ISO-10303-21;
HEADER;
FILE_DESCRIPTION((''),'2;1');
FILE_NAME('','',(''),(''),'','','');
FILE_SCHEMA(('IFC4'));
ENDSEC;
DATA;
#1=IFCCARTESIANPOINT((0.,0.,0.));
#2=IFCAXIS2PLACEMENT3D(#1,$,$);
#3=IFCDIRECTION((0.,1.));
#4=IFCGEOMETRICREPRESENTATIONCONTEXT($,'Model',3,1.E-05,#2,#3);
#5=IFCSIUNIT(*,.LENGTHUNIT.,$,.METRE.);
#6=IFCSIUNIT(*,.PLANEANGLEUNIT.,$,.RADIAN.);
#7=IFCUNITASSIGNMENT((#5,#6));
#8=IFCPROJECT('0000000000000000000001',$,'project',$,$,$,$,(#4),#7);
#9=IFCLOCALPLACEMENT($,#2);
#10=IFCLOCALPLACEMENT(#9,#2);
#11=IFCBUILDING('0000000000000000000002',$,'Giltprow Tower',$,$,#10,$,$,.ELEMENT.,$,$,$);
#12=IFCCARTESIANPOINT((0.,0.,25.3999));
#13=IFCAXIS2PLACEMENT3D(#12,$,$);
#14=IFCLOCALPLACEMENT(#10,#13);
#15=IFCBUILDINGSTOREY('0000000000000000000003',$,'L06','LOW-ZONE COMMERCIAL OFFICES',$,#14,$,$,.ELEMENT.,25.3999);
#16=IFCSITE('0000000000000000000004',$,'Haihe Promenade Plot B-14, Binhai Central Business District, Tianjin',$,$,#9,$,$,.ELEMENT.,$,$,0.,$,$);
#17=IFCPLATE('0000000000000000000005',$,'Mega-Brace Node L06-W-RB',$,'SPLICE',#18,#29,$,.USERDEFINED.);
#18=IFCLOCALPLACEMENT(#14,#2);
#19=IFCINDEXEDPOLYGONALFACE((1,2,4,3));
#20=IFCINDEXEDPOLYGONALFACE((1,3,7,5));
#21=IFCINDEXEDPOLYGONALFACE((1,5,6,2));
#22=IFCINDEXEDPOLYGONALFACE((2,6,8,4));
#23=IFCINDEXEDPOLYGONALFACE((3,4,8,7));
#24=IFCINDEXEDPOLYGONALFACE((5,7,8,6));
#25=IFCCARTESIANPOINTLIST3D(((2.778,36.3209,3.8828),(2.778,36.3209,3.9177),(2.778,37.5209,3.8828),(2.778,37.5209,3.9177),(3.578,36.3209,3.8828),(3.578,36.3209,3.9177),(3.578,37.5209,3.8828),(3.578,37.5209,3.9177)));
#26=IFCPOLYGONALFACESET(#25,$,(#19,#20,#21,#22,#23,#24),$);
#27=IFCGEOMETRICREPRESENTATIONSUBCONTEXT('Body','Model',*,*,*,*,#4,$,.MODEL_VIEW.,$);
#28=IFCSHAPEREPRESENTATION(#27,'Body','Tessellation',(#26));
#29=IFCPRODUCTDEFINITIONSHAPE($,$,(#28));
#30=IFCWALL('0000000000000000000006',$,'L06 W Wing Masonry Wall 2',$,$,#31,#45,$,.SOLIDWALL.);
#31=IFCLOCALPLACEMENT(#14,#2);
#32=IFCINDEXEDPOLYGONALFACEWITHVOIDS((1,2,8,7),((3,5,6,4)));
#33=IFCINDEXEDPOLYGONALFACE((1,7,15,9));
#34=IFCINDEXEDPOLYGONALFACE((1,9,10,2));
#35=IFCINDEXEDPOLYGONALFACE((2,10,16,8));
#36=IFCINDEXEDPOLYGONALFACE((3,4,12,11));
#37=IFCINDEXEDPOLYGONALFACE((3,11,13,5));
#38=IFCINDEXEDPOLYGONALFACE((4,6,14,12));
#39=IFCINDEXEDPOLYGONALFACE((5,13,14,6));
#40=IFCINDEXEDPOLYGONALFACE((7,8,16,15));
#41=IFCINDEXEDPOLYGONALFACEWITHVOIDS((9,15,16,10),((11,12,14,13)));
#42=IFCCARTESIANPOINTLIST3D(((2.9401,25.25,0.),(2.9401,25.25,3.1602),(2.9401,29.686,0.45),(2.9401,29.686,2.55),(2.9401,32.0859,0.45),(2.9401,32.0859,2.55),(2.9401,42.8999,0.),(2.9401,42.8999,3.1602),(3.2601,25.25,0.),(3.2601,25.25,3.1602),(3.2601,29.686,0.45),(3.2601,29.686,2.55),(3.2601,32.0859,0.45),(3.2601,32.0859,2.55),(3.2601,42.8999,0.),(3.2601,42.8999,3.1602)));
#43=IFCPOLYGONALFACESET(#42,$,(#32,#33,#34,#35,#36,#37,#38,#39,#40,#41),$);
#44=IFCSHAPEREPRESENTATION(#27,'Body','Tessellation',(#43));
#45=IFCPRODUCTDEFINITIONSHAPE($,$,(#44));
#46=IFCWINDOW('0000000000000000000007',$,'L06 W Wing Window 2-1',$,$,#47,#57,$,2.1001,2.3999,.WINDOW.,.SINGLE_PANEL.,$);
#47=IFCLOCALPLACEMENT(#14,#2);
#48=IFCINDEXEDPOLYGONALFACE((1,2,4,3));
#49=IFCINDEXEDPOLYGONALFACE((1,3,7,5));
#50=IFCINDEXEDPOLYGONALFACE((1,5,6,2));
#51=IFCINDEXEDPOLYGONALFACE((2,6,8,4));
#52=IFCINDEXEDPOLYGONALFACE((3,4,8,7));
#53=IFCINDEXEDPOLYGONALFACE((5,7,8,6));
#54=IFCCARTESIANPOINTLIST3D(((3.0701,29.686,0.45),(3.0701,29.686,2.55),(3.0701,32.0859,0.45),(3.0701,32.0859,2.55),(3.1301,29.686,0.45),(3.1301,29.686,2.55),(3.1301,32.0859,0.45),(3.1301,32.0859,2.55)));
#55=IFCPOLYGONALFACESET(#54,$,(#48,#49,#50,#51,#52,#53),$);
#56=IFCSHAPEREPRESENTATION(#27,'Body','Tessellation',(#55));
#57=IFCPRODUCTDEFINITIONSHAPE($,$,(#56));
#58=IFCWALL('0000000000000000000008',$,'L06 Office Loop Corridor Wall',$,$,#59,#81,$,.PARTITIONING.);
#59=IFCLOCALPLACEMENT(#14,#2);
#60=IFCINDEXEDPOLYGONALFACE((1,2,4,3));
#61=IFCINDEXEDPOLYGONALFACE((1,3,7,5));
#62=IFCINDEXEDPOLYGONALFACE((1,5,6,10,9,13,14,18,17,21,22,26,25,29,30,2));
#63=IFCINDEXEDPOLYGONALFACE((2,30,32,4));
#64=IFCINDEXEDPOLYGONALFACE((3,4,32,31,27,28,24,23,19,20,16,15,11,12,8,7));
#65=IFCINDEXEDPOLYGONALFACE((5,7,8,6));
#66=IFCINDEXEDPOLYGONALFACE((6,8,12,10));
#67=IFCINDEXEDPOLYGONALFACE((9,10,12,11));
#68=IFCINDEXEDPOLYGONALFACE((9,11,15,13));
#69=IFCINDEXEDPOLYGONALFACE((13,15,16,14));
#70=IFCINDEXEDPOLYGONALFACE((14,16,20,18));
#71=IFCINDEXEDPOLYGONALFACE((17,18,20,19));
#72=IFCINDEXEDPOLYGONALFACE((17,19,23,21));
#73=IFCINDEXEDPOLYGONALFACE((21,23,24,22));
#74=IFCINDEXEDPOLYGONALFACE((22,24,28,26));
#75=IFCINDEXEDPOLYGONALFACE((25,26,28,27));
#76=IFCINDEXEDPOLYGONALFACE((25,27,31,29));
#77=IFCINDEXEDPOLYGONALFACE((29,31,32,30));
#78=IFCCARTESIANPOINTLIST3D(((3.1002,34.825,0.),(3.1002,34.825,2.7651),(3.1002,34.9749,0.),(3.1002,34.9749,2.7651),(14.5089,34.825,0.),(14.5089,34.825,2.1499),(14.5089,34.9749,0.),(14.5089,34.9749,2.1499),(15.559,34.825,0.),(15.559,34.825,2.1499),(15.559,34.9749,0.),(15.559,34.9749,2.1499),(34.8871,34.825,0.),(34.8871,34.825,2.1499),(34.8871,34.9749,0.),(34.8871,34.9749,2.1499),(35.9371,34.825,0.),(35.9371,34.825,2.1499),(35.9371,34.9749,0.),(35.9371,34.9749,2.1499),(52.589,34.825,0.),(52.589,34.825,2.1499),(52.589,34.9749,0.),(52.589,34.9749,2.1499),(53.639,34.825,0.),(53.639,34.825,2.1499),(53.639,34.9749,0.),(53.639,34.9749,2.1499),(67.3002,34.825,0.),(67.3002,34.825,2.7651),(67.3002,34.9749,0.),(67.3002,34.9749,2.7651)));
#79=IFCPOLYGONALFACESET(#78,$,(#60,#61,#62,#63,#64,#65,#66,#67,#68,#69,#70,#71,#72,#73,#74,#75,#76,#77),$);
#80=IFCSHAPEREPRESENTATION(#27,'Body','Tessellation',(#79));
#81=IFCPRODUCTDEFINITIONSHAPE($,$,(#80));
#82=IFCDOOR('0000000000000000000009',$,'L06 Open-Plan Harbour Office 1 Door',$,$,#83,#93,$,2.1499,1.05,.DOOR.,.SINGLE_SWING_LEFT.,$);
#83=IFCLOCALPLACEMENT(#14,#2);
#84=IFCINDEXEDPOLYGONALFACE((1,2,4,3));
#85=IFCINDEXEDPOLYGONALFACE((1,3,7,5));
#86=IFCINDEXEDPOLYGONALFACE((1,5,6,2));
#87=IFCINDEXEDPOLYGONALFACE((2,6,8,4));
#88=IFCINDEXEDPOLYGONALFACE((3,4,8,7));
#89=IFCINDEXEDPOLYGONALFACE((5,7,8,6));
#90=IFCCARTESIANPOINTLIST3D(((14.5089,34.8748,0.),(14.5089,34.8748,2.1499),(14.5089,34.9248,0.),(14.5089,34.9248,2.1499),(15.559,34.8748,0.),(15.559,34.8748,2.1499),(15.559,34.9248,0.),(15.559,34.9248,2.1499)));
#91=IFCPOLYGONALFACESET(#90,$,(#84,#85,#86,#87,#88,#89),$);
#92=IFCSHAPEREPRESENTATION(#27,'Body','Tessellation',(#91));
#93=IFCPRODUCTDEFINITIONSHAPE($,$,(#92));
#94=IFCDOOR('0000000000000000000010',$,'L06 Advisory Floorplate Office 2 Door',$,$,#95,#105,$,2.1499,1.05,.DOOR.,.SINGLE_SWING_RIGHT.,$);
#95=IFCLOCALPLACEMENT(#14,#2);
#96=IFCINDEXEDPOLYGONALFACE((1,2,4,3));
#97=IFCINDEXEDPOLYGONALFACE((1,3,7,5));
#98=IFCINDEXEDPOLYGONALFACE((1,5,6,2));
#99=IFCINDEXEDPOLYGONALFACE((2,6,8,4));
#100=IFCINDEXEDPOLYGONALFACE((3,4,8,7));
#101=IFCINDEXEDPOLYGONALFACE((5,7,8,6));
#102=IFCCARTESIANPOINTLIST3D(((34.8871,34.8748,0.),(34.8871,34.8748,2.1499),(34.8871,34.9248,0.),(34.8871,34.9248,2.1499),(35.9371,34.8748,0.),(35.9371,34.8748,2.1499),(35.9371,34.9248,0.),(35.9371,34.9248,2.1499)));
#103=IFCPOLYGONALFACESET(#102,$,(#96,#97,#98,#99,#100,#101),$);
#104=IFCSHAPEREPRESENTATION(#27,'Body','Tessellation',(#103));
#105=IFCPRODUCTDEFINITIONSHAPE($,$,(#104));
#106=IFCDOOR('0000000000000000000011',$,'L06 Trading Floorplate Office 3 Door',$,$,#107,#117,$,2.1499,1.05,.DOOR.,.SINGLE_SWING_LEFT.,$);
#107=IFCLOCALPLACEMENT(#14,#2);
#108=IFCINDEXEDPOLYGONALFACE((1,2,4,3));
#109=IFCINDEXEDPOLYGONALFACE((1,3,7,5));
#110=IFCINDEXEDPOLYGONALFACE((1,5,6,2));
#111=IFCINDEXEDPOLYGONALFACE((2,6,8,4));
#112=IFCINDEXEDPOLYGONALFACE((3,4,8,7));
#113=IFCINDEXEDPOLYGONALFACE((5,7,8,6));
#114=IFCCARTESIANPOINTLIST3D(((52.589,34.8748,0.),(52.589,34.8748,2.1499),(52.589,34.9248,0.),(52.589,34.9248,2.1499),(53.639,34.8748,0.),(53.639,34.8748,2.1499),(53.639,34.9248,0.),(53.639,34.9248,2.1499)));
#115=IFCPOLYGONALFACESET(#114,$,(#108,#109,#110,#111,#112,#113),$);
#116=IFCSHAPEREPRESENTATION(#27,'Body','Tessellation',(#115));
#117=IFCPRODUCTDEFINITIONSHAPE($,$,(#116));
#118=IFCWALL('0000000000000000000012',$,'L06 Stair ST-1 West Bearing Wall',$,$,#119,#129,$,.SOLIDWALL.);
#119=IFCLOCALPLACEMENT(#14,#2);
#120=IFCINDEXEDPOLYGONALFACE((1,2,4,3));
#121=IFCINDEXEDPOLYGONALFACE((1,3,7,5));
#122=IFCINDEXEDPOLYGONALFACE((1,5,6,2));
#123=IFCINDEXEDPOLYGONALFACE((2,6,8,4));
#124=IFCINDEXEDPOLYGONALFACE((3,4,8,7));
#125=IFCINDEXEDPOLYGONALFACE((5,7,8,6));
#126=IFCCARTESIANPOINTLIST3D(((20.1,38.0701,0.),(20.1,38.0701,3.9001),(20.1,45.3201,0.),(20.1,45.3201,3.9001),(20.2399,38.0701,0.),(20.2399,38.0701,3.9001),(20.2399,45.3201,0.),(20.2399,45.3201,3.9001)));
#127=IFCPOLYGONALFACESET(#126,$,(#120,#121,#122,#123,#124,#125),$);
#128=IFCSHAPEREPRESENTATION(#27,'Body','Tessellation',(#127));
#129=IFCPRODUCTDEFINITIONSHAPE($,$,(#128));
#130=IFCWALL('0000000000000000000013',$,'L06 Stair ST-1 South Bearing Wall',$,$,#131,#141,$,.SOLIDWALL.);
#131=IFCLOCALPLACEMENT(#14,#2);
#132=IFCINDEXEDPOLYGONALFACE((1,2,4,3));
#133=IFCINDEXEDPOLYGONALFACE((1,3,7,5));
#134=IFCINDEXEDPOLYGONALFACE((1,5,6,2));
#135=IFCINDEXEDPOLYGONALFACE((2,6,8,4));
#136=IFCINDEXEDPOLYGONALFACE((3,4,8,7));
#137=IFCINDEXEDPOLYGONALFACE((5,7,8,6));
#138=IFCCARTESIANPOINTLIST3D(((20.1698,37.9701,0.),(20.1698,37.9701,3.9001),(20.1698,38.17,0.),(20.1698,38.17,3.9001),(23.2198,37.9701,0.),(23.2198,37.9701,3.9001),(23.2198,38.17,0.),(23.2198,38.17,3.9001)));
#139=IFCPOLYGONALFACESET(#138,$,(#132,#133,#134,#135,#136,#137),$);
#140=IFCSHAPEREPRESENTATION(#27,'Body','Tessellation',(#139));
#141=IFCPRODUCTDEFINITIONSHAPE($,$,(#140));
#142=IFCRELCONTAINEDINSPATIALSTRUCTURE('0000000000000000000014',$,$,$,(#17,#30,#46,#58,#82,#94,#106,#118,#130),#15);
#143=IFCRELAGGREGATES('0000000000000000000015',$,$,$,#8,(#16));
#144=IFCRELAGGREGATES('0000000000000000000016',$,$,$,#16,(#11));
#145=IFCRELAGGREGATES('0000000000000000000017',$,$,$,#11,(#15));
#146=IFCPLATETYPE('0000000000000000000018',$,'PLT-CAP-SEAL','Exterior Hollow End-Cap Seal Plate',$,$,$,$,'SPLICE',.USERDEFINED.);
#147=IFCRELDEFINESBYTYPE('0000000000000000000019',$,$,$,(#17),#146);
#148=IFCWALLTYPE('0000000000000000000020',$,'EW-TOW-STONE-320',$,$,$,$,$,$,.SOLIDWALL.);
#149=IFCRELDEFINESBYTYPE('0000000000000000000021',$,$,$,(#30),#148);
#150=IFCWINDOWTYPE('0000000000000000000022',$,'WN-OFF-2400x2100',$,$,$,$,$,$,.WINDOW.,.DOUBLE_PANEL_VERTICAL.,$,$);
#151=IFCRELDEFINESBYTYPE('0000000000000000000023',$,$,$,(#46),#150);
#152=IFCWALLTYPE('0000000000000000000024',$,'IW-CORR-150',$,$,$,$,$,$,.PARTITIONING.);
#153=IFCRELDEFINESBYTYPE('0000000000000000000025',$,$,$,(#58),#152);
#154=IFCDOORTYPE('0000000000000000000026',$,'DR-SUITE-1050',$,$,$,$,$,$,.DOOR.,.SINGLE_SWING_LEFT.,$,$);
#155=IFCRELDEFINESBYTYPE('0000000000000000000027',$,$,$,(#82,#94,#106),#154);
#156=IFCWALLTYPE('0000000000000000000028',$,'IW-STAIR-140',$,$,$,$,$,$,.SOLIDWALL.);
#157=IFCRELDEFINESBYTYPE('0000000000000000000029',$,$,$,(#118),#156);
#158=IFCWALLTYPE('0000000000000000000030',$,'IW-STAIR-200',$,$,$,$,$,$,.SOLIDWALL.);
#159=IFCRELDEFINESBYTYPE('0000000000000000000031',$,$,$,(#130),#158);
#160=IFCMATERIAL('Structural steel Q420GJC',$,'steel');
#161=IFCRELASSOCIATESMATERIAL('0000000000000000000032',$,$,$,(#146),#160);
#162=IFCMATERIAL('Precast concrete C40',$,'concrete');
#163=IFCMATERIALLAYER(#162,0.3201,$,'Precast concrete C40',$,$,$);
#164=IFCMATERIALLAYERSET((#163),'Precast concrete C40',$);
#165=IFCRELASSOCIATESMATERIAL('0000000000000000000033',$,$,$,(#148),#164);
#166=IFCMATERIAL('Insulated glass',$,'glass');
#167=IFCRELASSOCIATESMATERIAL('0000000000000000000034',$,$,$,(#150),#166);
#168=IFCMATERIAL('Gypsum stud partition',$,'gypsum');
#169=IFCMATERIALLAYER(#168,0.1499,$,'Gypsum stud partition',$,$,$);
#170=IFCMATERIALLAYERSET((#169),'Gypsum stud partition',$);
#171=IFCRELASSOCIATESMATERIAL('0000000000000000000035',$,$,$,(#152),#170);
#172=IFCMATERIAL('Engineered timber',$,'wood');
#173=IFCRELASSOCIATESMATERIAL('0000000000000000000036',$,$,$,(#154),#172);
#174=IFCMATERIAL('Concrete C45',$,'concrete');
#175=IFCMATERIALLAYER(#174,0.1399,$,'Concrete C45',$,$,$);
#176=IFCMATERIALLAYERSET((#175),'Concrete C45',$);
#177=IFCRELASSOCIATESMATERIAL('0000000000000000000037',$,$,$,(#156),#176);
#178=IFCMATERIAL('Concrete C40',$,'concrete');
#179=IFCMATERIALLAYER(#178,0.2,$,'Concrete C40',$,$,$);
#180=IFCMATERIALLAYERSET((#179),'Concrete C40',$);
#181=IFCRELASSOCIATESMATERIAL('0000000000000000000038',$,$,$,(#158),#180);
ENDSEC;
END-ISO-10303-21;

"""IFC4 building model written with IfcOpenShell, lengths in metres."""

from ifc_helpers import new_model, si_unit, direction, frame, frame_2d, origin, origin_2d, place, context, subcontext, project, spatial, rectangle, extrude, source, transform, mapped, material, layer, layer_set, type_object, element, fill, save


model = new_model("IFC4")

# Units and contexts
model_context = context("Model", 3, precision=1e-05, world=origin(), true_north=direction((0.0, 1.0)))
body_context = subcontext(model_context, "Body", "Model", "MODEL_VIEW")
ifc_project = project(units=[si_unit("LENGTHUNIT", "METRE"), si_unit("PLANEANGLEUNIT", "RADIAN")], contexts=[model_context])

# Site, building, storey
site_placement = place(None, origin())
site = spatial("IfcSite", under=ifc_project, at=site_placement, Name="Haihe Promenade Plot B-14, Binhai Central Business District, Tianjin", CompositionType="ELEMENT", RefElevation=0.0)
building_placement = place(site_placement, origin())
building = spatial("IfcBuilding", under=site, at=building_placement, Name="Giltprow Tower", CompositionType="ELEMENT")
storey_placement = place(building_placement, frame((0.0, 0.0, 25.3999)))
storey = spatial("IfcBuildingStorey", under=building, at=storey_placement, Name="L06", Description="LOW-ZONE COMMERCIAL OFFICES", CompositionType="ELEMENT", Elevation=25.3999)

# Shared definitions
ifc_material_1 = material(Name="Structural steel Q420GJC", Category="steel")

# Plate
plate_type = type_object("IfcPlateType", Name="PLT-CAP-SEAL", Description="Exterior Hollow End-Cap Seal Plate", ElementType="SPLICE", PredefinedType="USERDEFINED", material=ifc_material_1)
shared_shape_1 = source(origin(), body_context, "Body", "SweptSolid", [
    extrude(rectangle(XDim=1.2, YDim=0.8, at=origin_2d()), origin(), (0.0, 0.0, 1.0), 0.0349),
])
plate_placement = place(storey_placement, frame((3.178, 36.9209, 3.8828), z_axis=(0.0, 0.0, 1.0), x_axis=(0.0, 1.0, 0.0)))
element("IfcPlate", 1, at=plate_placement, inside=storey, type_object=plate_type, Name="Mega-Brace Node L06-W-RB", ObjectType="SPLICE", PredefinedType="USERDEFINED", context=body_context, shape_type="MappedRepresentation", body=[
    mapped(shared_shape_1, transform((0.0, 0.0, 0.0), x_axis=(1.0, 0.0, 0.0), y_axis=(0.0, 1.0, 0.0), z_axis=(0.0, 0.0, 1.0), scale=1.0)),
])

# Wall, opening, window
ifc_material_2 = material(Name="Precast concrete C40", Category="concrete")
ifc_layer_1 = layer(ifc_material_2, 0.3201, Name="Precast concrete C40")
ifc_layer_set_1 = layer_set([ifc_layer_1], Name="Precast concrete C40")
wall_type_1 = type_object("IfcWallType", Name="EW-TOW-STONE-320", PredefinedType="SOLIDWALL", material=ifc_layer_set_1)
wall_1_placement = place(storey_placement, frame((3.1001, 25.25, 0.0), z_axis=(0.0, 0.0, 1.0), x_axis=(0.0, 1.0, 0.0)))
wall_1 = element("IfcWall", 2, at=wall_1_placement, inside=storey, type_object=wall_type_1, Name="L06 W Wing Masonry Wall 2", PredefinedType="SOLIDWALL", context=body_context, shape_type="SweptSolid", body=[
    extrude(rectangle(XDim=17.6499, YDim=0.3201, at=frame_2d((8.825, 0.0))), origin(), (0.0, 0.0, 1.0), 3.1602),
])
opening_1_placement = place(wall_1_placement, frame((4.436, 0.0, 0.45)))
opening_1 = element("IfcOpeningElement", 3, at=opening_1_placement, cuts=wall_1, PredefinedType="OPENING", context=body_context, shape_type="SweptSolid", body=[
    extrude(rectangle(XDim=2.3999, YDim=2.1001, at=frame_2d((1.2, 1.05))), frame((0.0, 0.1699, 0.0), z_axis=(0.0, -1.0, 0.0), x_axis=(1.0, 0.0, 0.0)), (0.0, 0.0, 1.0), 0.3401),
])
ifc_material_3 = material(Name="Insulated glass", Category="glass")
window_type = type_object("IfcWindowType", Name="WN-OFF-2400x2100", PartitioningType="DOUBLE_PANEL_VERTICAL", PredefinedType="WINDOW", material=ifc_material_3)
shared_shape_2 = source(origin(), body_context, "Body", "SweptSolid", [
    extrude(rectangle(XDim=2.3999, YDim=2.1001, at=frame_2d((1.2, 1.05))), frame((0.0, 0.03, 0.0), z_axis=(0.0, -1.0, 0.0), x_axis=(1.0, 0.0, 0.0)), (0.0, 0.0, 1.0), 0.0601),
])
window_placement = place(opening_1_placement, origin())
window = element("IfcWindow", 4, at=window_placement, inside=storey, type_object=window_type, Name="L06 W Wing Window 2-1", OverallHeight=2.1001, OverallWidth=2.3999, PartitioningType="SINGLE_PANEL", PredefinedType="WINDOW", context=body_context, shape_type="MappedRepresentation", body=[
    mapped(shared_shape_2, transform((0.0, 0.0, 0.0), x_axis=(1.0, 0.0, 0.0), y_axis=(0.0, 1.0, 0.0), z_axis=(0.0, 0.0, 1.0), scale=1.0)),
])
fill(opening_1, window)

# Wall, openings, doors
ifc_material_4 = material(Name="Gypsum stud partition", Category="gypsum")
ifc_layer_2 = layer(ifc_material_4, 0.1499, Name="Gypsum stud partition")
ifc_layer_set_2 = layer_set([ifc_layer_2], Name="Gypsum stud partition")
wall_type_2 = type_object("IfcWallType", Name="IW-CORR-150", PredefinedType="PARTITIONING", material=ifc_layer_set_2)
wall_2_placement = place(storey_placement, frame((3.1001, 34.8999, 0.0), z_axis=(0.0, 0.0, 1.0), x_axis=(1.0, 0.0, 0.0)))
wall_2 = element("IfcWall", 5, at=wall_2_placement, inside=storey, type_object=wall_type_2, Name="L06 Office Loop Corridor Wall", PredefinedType="PARTITIONING", context=body_context, shape_type="SweptSolid", body=[
    extrude(rectangle(XDim=64.2, YDim=0.1499, at=frame_2d((32.1001, 0.0))), origin(), (0.0, 0.0, 1.0), 2.7651),
])
opening_2_placement = place(wall_2_placement, frame((11.4089, 0.0, 0.0)))
opening_2 = element("IfcOpeningElement", 6, at=opening_2_placement, cuts=wall_2, PredefinedType="OPENING", context=body_context, shape_type="SweptSolid", body=[
    extrude(rectangle(XDim=1.05, YDim=2.1499, at=frame_2d((0.5249, 1.075))), frame((0.0, 0.085, 0.0), z_axis=(0.0, -1.0, 0.0), x_axis=(1.0, 0.0, 0.0)), (0.0, 0.0, 1.0), 0.1699),
])
opening_3_placement = place(wall_2_placement, frame((31.7871, 0.0, 0.0)))
opening_3 = element("IfcOpeningElement", 7, at=opening_3_placement, cuts=wall_2, PredefinedType="OPENING", context=body_context, shape_type="SweptSolid", body=[
    extrude(rectangle(XDim=1.05, YDim=2.1499, at=frame_2d((0.5249, 1.075))), frame((0.0, 0.085, 0.0), z_axis=(0.0, -1.0, 0.0), x_axis=(1.0, 0.0, 0.0)), (0.0, 0.0, 1.0), 0.1699),
])
opening_4_placement = place(wall_2_placement, frame((49.489, 0.0, 0.0)))
opening_4 = element("IfcOpeningElement", 8, at=opening_4_placement, cuts=wall_2, PredefinedType="OPENING", context=body_context, shape_type="SweptSolid", body=[
    extrude(rectangle(XDim=1.05, YDim=2.1499, at=frame_2d((0.5249, 1.075))), frame((0.0, 0.085, 0.0), z_axis=(0.0, -1.0, 0.0), x_axis=(1.0, 0.0, 0.0)), (0.0, 0.0, 1.0), 0.1699),
])
ifc_material_5 = material(Name="Engineered timber", Category="wood")
door_type_1 = type_object("IfcDoorType", Name="DR-SUITE-1050", OperationType="SINGLE_SWING_LEFT", PredefinedType="DOOR", material=ifc_material_5)
shared_shape_3 = source(origin(), body_context, "Body", "SweptSolid", [
    extrude(rectangle(XDim=1.05, YDim=2.1499, at=frame_2d((0.5249, 1.075))), frame((0.0, 0.0249, 0.0), z_axis=(0.0, -1.0, 0.0), x_axis=(1.0, 0.0, 0.0)), (0.0, 0.0, 1.0), 0.05),
])
door_1_placement = place(opening_2_placement, origin())
door_1 = element("IfcDoor", 9, at=door_1_placement, inside=storey, type_object=door_type_1, Name="L06 Open-Plan Harbour Office 1 Door", OperationType="SINGLE_SWING_LEFT", OverallHeight=2.1499, OverallWidth=1.05, PredefinedType="DOOR", context=body_context, shape_type="MappedRepresentation", body=[
    mapped(shared_shape_3, transform((0.0, 0.0, 0.0), x_axis=(1.0, 0.0, 0.0), y_axis=(0.0, 1.0, 0.0), z_axis=(0.0, 0.0, 1.0), scale=1.0)),
])
fill(opening_2, door_1)
door_2_placement = place(opening_3_placement, origin())
door_2 = element("IfcDoor", 10, at=door_2_placement, inside=storey, type_object=door_type_1, Name="L06 Advisory Floorplate Office 2 Door", OperationType="SINGLE_SWING_RIGHT", OverallHeight=2.1499, OverallWidth=1.05, PredefinedType="DOOR", context=body_context, shape_type="MappedRepresentation", body=[
    mapped(shared_shape_3, transform((0.0, 0.0, 0.0), x_axis=(1.0, 0.0, 0.0), y_axis=(0.0, 1.0, 0.0), z_axis=(0.0, 0.0, 1.0), scale=1.0)),
])
fill(opening_3, door_2)
door_3_placement = place(opening_4_placement, origin())
door_3 = element("IfcDoor", 11, at=door_3_placement, inside=storey, type_object=door_type_1, Name="L06 Trading Floorplate Office 3 Door", OperationType="SINGLE_SWING_LEFT", OverallHeight=2.1499, OverallWidth=1.05, PredefinedType="DOOR", context=body_context, shape_type="MappedRepresentation", body=[
    mapped(shared_shape_3, transform((0.0, 0.0, 0.0), x_axis=(1.0, 0.0, 0.0), y_axis=(0.0, 1.0, 0.0), z_axis=(0.0, 0.0, 1.0), scale=1.0)),
])
fill(opening_4, door_3)

# Walls
ifc_material_6 = material(Name="Concrete C45", Category="concrete")
ifc_layer_3 = layer(ifc_material_6, 0.1399, Name="Concrete C45")
ifc_layer_set_3 = layer_set([ifc_layer_3], Name="Concrete C45")
wall_type_3 = type_object("IfcWallType", Name="IW-STAIR-140", PredefinedType="SOLIDWALL", material=ifc_layer_set_3)
wall_3_placement = place(storey_placement, frame((20.1699, 38.0701, 0.0), z_axis=(0.0, 0.0, 1.0), x_axis=(0.0, 1.0, 0.0)))
element("IfcWall", 12, at=wall_3_placement, inside=storey, type_object=wall_type_3, Name="L06 Stair ST-1 West Bearing Wall", PredefinedType="SOLIDWALL", context=body_context, shape_type="SweptSolid", body=[
    extrude(rectangle(XDim=7.25, YDim=0.1399, at=frame_2d((3.625, 0.0))), origin(), (0.0, 0.0, 1.0), 3.9001),
])
ifc_material_7 = material(Name="Concrete C40", Category="concrete")
ifc_layer_4 = layer(ifc_material_7, 0.2, Name="Concrete C40")
ifc_layer_set_4 = layer_set([ifc_layer_4], Name="Concrete C40")
wall_type_4 = type_object("IfcWallType", Name="IW-STAIR-200", PredefinedType="SOLIDWALL", material=ifc_layer_set_4)
wall_4_placement = place(storey_placement, frame((20.1699, 38.0701, 0.0), z_axis=(0.0, 0.0, 1.0), x_axis=(1.0, 0.0, 0.0)))
element("IfcWall", 13, at=wall_4_placement, inside=storey, type_object=wall_type_4, Name="L06 Stair ST-1 South Bearing Wall", PredefinedType="SOLIDWALL", context=body_context, shape_type="SweptSolid", body=[
    extrude(rectangle(XDim=3.05, YDim=0.2, at=frame_2d((1.5249, 0.0))), origin(), (0.0, 0.0, 1.0), 3.9001),
])

save(model, "model.ifc")
